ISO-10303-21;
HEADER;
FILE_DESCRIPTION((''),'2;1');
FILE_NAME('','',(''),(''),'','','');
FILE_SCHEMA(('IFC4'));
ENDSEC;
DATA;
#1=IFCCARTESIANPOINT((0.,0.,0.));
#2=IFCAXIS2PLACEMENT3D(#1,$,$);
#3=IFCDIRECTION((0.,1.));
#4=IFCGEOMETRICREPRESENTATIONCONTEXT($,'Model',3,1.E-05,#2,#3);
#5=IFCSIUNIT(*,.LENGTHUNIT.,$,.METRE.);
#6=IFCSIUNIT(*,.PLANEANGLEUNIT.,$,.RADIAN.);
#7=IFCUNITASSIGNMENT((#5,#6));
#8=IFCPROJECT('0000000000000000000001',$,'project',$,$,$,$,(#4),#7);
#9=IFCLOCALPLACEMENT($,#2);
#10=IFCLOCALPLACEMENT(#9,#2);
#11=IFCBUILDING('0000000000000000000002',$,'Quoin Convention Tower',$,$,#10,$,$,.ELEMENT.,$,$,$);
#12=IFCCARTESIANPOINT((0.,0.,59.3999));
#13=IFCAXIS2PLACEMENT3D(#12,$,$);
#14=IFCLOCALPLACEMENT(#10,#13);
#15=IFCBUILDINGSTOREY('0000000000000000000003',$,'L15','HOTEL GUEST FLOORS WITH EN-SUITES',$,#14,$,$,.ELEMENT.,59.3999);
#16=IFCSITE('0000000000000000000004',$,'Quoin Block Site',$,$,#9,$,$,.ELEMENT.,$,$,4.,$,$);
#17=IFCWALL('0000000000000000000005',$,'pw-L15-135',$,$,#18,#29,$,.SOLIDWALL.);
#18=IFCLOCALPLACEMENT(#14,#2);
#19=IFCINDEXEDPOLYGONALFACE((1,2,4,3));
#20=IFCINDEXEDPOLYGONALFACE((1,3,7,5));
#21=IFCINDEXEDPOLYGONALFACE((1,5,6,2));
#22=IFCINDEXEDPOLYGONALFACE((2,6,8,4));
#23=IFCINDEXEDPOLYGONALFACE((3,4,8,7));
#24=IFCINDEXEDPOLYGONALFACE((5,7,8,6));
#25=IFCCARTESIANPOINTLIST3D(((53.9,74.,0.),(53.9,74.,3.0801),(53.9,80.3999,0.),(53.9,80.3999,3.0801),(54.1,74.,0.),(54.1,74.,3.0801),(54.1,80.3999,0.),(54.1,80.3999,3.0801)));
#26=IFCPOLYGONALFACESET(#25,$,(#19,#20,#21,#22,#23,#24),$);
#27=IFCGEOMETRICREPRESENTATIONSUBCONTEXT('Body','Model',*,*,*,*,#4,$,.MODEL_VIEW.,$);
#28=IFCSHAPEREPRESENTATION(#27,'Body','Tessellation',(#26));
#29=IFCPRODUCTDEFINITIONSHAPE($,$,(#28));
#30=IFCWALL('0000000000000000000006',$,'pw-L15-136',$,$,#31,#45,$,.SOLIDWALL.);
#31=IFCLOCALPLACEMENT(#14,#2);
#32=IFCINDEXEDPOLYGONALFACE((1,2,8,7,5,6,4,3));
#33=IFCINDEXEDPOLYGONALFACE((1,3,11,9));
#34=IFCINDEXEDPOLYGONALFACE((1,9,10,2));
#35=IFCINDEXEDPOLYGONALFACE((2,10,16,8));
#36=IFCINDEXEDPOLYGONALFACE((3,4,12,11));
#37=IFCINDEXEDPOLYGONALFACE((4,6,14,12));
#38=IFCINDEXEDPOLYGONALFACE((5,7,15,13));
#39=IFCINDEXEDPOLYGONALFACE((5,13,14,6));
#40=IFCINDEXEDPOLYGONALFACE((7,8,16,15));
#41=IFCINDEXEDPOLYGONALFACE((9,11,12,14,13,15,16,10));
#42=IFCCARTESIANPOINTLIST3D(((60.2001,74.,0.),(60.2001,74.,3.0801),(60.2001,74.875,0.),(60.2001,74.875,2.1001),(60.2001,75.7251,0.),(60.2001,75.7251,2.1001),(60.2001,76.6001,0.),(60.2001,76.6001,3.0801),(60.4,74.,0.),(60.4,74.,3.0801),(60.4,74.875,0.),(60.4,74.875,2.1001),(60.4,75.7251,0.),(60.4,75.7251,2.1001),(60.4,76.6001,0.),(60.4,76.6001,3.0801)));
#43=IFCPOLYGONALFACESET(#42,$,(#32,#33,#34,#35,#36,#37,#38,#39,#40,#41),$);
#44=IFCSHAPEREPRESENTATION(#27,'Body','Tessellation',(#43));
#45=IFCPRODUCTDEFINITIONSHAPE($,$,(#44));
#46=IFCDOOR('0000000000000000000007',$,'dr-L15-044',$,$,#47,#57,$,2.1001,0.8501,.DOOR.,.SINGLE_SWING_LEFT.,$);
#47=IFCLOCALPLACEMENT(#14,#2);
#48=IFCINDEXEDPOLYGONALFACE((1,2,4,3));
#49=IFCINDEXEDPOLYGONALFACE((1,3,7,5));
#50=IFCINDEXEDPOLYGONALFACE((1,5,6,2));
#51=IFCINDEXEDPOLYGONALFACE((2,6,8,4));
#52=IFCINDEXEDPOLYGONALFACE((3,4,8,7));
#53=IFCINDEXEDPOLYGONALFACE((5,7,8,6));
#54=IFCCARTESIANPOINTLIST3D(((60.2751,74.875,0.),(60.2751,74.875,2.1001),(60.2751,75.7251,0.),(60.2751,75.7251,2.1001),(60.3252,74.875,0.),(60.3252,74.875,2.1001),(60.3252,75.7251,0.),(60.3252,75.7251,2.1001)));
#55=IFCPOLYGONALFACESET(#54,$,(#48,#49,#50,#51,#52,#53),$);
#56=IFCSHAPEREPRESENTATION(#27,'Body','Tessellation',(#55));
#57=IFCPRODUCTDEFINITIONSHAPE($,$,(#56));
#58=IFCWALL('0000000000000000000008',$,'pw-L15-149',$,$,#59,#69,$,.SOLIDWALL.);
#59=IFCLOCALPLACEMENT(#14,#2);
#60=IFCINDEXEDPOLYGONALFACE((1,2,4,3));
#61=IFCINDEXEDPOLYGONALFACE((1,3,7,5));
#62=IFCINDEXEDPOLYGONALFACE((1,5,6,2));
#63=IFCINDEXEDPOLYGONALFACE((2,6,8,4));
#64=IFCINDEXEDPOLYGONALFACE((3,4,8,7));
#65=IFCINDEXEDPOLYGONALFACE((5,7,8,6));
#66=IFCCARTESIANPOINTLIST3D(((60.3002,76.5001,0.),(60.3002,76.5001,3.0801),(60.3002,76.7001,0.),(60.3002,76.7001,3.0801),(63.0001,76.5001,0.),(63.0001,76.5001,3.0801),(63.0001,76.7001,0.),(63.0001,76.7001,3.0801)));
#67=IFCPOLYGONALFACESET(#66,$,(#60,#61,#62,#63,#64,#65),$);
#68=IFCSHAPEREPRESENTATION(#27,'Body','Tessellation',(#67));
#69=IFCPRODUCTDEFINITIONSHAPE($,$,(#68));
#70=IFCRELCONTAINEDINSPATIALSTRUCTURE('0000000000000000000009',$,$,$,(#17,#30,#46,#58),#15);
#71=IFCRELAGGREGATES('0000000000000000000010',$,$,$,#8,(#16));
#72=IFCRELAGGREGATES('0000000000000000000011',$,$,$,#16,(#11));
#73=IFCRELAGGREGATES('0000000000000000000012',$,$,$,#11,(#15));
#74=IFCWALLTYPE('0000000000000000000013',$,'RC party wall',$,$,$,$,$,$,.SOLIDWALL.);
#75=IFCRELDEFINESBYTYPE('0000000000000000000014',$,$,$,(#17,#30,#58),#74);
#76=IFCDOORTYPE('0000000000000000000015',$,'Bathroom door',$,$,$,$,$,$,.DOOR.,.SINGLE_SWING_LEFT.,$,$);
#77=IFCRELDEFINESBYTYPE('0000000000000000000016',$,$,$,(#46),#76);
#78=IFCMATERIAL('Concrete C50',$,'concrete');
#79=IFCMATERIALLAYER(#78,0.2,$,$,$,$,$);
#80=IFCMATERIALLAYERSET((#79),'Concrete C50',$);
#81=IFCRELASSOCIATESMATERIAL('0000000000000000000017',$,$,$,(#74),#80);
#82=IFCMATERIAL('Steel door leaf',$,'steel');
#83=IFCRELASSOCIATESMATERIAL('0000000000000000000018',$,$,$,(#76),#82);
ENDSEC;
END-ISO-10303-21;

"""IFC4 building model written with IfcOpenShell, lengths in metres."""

from ifc_helpers import new_model, si_unit, direction, frame, frame_2d, origin, place, context, subcontext, project, spatial, rectangle, extrude, material, layer, layer_set, type_object, element, fill, save


model = new_model("IFC4")

# Units and contexts
model_context = context("Model", 3, precision=1e-05, world=origin(), true_north=direction((0.0, 1.0)))
body_context = subcontext(model_context, "Body", "Model", "MODEL_VIEW")
ifc_project = project(units=[si_unit("LENGTHUNIT", "METRE"), si_unit("PLANEANGLEUNIT", "RADIAN")], contexts=[model_context])

# Site, building, storey
site_placement = place(None, origin())
site = spatial("IfcSite", under=ifc_project, at=site_placement, Name="Quoin Block Site", CompositionType="ELEMENT", RefElevation=4.0)
building_placement = place(site_placement, origin())
building = spatial("IfcBuilding", under=site, at=building_placement, Name="Quoin Convention Tower", CompositionType="ELEMENT")
storey_placement = place(building_placement, frame((0.0, 0.0, 59.3999)))
storey = spatial("IfcBuildingStorey", under=building, at=storey_placement, Name="L15", Description="HOTEL GUEST FLOORS WITH EN-SUITES", CompositionType="ELEMENT", Elevation=59.3999)

# Shared definitions
ifc_material_1 = material(Name="Steel door leaf", Category="steel")

# Shared definitions
ifc_material_2 = material(Name="Concrete C50", Category="concrete")

# Shared definitions
ifc_layer_1 = layer(ifc_material_2, 0.2)
ifc_layer_set_1 = layer_set([ifc_layer_1], Name="Concrete C50")
wall_type_1 = type_object("IfcWallType", Name="RC party wall", PredefinedType="SOLIDWALL", material=ifc_layer_set_1)
door_type_1 = type_object("IfcDoorType", Name="Bathroom door", OperationType="SINGLE_SWING_LEFT", PredefinedType="DOOR", material=ifc_material_1)

# Wall
wall_1_placement = place(storey_placement, frame((54.0, 74.0, 0.0), z_axis=(0.0, 0.0, 1.0), x_axis=(0.0, 1.0, 0.0)))
element("IfcWall", 1, at=wall_1_placement, inside=storey, type_object=wall_type_1, Name="pw-L15-135", PredefinedType="SOLIDWALL", context=body_context, shape_type="SweptSolid", body=[
    extrude(rectangle(XDim=6.3999, YDim=0.2, at=frame_2d((3.2, 0.0))), origin(), (0.0, 0.0, 1.0), 3.0801),
])

# Wall, opening, door
wall_2_placement = place(storey_placement, frame((60.3, 74.0, 0.0), z_axis=(0.0, 0.0, 1.0), x_axis=(0.0, 1.0, 0.0)))
wall_2 = element("IfcWall", 2, at=wall_2_placement, inside=storey, type_object=wall_type_1, Name="pw-L15-136", PredefinedType="SOLIDWALL", context=body_context, shape_type="SweptSolid", body=[
    extrude(rectangle(XDim=2.6001, YDim=0.2, at=frame_2d((1.3, 0.0))), origin(), (0.0, 0.0, 1.0), 3.0801),
])
opening_1_placement = place(wall_2_placement, frame((0.875, 0.0, 0.0)))
opening_1 = element("IfcOpeningElement", 3, at=opening_1_placement, cuts=wall_2, PredefinedType="OPENING", context=body_context, shape_type="SweptSolid", body=[
    extrude(rectangle(XDim=0.8501, YDim=2.1001, at=frame_2d((0.425, 1.05))), frame((0.0, 0.1099, 0.0), z_axis=(0.0, -1.0, 0.0), x_axis=(1.0, 0.0, 0.0)), (0.0, 0.0, 1.0), 0.22),
])
door_1_placement = place(opening_1_placement, origin())
door_1 = element("IfcDoor", 4, at=door_1_placement, inside=storey, type_object=door_type_1, Name="dr-L15-044", OperationType="SINGLE_SWING_LEFT", OverallHeight=2.1001, OverallWidth=0.8501, PredefinedType="DOOR", context=body_context, shape_type="SweptSolid", body=[
    extrude(rectangle(XDim=0.8501, YDim=2.1001, at=frame_2d((0.425, 1.05))), frame((0.0, 0.0249, 0.0), z_axis=(0.0, -1.0, 0.0), x_axis=(1.0, 0.0, 0.0)), (0.0, 0.0, 1.0), 0.05),
])
fill(opening_1, door_1)

# Wall
wall_3_placement = place(storey_placement, frame((60.3, 76.6001, 0.0), z_axis=(0.0, 0.0, 1.0), x_axis=(1.0, 0.0, 0.0)))
element("IfcWall", 5, at=wall_3_placement, inside=storey, type_object=wall_type_1, Name="pw-L15-149", PredefinedType="SOLIDWALL", context=body_context, shape_type="SweptSolid", body=[
    extrude(rectangle(XDim=2.7, YDim=0.2, at=frame_2d((1.3501, 0.0))), origin(), (0.0, 0.0, 1.0), 3.0801),
])

save(model, "model.ifc")
